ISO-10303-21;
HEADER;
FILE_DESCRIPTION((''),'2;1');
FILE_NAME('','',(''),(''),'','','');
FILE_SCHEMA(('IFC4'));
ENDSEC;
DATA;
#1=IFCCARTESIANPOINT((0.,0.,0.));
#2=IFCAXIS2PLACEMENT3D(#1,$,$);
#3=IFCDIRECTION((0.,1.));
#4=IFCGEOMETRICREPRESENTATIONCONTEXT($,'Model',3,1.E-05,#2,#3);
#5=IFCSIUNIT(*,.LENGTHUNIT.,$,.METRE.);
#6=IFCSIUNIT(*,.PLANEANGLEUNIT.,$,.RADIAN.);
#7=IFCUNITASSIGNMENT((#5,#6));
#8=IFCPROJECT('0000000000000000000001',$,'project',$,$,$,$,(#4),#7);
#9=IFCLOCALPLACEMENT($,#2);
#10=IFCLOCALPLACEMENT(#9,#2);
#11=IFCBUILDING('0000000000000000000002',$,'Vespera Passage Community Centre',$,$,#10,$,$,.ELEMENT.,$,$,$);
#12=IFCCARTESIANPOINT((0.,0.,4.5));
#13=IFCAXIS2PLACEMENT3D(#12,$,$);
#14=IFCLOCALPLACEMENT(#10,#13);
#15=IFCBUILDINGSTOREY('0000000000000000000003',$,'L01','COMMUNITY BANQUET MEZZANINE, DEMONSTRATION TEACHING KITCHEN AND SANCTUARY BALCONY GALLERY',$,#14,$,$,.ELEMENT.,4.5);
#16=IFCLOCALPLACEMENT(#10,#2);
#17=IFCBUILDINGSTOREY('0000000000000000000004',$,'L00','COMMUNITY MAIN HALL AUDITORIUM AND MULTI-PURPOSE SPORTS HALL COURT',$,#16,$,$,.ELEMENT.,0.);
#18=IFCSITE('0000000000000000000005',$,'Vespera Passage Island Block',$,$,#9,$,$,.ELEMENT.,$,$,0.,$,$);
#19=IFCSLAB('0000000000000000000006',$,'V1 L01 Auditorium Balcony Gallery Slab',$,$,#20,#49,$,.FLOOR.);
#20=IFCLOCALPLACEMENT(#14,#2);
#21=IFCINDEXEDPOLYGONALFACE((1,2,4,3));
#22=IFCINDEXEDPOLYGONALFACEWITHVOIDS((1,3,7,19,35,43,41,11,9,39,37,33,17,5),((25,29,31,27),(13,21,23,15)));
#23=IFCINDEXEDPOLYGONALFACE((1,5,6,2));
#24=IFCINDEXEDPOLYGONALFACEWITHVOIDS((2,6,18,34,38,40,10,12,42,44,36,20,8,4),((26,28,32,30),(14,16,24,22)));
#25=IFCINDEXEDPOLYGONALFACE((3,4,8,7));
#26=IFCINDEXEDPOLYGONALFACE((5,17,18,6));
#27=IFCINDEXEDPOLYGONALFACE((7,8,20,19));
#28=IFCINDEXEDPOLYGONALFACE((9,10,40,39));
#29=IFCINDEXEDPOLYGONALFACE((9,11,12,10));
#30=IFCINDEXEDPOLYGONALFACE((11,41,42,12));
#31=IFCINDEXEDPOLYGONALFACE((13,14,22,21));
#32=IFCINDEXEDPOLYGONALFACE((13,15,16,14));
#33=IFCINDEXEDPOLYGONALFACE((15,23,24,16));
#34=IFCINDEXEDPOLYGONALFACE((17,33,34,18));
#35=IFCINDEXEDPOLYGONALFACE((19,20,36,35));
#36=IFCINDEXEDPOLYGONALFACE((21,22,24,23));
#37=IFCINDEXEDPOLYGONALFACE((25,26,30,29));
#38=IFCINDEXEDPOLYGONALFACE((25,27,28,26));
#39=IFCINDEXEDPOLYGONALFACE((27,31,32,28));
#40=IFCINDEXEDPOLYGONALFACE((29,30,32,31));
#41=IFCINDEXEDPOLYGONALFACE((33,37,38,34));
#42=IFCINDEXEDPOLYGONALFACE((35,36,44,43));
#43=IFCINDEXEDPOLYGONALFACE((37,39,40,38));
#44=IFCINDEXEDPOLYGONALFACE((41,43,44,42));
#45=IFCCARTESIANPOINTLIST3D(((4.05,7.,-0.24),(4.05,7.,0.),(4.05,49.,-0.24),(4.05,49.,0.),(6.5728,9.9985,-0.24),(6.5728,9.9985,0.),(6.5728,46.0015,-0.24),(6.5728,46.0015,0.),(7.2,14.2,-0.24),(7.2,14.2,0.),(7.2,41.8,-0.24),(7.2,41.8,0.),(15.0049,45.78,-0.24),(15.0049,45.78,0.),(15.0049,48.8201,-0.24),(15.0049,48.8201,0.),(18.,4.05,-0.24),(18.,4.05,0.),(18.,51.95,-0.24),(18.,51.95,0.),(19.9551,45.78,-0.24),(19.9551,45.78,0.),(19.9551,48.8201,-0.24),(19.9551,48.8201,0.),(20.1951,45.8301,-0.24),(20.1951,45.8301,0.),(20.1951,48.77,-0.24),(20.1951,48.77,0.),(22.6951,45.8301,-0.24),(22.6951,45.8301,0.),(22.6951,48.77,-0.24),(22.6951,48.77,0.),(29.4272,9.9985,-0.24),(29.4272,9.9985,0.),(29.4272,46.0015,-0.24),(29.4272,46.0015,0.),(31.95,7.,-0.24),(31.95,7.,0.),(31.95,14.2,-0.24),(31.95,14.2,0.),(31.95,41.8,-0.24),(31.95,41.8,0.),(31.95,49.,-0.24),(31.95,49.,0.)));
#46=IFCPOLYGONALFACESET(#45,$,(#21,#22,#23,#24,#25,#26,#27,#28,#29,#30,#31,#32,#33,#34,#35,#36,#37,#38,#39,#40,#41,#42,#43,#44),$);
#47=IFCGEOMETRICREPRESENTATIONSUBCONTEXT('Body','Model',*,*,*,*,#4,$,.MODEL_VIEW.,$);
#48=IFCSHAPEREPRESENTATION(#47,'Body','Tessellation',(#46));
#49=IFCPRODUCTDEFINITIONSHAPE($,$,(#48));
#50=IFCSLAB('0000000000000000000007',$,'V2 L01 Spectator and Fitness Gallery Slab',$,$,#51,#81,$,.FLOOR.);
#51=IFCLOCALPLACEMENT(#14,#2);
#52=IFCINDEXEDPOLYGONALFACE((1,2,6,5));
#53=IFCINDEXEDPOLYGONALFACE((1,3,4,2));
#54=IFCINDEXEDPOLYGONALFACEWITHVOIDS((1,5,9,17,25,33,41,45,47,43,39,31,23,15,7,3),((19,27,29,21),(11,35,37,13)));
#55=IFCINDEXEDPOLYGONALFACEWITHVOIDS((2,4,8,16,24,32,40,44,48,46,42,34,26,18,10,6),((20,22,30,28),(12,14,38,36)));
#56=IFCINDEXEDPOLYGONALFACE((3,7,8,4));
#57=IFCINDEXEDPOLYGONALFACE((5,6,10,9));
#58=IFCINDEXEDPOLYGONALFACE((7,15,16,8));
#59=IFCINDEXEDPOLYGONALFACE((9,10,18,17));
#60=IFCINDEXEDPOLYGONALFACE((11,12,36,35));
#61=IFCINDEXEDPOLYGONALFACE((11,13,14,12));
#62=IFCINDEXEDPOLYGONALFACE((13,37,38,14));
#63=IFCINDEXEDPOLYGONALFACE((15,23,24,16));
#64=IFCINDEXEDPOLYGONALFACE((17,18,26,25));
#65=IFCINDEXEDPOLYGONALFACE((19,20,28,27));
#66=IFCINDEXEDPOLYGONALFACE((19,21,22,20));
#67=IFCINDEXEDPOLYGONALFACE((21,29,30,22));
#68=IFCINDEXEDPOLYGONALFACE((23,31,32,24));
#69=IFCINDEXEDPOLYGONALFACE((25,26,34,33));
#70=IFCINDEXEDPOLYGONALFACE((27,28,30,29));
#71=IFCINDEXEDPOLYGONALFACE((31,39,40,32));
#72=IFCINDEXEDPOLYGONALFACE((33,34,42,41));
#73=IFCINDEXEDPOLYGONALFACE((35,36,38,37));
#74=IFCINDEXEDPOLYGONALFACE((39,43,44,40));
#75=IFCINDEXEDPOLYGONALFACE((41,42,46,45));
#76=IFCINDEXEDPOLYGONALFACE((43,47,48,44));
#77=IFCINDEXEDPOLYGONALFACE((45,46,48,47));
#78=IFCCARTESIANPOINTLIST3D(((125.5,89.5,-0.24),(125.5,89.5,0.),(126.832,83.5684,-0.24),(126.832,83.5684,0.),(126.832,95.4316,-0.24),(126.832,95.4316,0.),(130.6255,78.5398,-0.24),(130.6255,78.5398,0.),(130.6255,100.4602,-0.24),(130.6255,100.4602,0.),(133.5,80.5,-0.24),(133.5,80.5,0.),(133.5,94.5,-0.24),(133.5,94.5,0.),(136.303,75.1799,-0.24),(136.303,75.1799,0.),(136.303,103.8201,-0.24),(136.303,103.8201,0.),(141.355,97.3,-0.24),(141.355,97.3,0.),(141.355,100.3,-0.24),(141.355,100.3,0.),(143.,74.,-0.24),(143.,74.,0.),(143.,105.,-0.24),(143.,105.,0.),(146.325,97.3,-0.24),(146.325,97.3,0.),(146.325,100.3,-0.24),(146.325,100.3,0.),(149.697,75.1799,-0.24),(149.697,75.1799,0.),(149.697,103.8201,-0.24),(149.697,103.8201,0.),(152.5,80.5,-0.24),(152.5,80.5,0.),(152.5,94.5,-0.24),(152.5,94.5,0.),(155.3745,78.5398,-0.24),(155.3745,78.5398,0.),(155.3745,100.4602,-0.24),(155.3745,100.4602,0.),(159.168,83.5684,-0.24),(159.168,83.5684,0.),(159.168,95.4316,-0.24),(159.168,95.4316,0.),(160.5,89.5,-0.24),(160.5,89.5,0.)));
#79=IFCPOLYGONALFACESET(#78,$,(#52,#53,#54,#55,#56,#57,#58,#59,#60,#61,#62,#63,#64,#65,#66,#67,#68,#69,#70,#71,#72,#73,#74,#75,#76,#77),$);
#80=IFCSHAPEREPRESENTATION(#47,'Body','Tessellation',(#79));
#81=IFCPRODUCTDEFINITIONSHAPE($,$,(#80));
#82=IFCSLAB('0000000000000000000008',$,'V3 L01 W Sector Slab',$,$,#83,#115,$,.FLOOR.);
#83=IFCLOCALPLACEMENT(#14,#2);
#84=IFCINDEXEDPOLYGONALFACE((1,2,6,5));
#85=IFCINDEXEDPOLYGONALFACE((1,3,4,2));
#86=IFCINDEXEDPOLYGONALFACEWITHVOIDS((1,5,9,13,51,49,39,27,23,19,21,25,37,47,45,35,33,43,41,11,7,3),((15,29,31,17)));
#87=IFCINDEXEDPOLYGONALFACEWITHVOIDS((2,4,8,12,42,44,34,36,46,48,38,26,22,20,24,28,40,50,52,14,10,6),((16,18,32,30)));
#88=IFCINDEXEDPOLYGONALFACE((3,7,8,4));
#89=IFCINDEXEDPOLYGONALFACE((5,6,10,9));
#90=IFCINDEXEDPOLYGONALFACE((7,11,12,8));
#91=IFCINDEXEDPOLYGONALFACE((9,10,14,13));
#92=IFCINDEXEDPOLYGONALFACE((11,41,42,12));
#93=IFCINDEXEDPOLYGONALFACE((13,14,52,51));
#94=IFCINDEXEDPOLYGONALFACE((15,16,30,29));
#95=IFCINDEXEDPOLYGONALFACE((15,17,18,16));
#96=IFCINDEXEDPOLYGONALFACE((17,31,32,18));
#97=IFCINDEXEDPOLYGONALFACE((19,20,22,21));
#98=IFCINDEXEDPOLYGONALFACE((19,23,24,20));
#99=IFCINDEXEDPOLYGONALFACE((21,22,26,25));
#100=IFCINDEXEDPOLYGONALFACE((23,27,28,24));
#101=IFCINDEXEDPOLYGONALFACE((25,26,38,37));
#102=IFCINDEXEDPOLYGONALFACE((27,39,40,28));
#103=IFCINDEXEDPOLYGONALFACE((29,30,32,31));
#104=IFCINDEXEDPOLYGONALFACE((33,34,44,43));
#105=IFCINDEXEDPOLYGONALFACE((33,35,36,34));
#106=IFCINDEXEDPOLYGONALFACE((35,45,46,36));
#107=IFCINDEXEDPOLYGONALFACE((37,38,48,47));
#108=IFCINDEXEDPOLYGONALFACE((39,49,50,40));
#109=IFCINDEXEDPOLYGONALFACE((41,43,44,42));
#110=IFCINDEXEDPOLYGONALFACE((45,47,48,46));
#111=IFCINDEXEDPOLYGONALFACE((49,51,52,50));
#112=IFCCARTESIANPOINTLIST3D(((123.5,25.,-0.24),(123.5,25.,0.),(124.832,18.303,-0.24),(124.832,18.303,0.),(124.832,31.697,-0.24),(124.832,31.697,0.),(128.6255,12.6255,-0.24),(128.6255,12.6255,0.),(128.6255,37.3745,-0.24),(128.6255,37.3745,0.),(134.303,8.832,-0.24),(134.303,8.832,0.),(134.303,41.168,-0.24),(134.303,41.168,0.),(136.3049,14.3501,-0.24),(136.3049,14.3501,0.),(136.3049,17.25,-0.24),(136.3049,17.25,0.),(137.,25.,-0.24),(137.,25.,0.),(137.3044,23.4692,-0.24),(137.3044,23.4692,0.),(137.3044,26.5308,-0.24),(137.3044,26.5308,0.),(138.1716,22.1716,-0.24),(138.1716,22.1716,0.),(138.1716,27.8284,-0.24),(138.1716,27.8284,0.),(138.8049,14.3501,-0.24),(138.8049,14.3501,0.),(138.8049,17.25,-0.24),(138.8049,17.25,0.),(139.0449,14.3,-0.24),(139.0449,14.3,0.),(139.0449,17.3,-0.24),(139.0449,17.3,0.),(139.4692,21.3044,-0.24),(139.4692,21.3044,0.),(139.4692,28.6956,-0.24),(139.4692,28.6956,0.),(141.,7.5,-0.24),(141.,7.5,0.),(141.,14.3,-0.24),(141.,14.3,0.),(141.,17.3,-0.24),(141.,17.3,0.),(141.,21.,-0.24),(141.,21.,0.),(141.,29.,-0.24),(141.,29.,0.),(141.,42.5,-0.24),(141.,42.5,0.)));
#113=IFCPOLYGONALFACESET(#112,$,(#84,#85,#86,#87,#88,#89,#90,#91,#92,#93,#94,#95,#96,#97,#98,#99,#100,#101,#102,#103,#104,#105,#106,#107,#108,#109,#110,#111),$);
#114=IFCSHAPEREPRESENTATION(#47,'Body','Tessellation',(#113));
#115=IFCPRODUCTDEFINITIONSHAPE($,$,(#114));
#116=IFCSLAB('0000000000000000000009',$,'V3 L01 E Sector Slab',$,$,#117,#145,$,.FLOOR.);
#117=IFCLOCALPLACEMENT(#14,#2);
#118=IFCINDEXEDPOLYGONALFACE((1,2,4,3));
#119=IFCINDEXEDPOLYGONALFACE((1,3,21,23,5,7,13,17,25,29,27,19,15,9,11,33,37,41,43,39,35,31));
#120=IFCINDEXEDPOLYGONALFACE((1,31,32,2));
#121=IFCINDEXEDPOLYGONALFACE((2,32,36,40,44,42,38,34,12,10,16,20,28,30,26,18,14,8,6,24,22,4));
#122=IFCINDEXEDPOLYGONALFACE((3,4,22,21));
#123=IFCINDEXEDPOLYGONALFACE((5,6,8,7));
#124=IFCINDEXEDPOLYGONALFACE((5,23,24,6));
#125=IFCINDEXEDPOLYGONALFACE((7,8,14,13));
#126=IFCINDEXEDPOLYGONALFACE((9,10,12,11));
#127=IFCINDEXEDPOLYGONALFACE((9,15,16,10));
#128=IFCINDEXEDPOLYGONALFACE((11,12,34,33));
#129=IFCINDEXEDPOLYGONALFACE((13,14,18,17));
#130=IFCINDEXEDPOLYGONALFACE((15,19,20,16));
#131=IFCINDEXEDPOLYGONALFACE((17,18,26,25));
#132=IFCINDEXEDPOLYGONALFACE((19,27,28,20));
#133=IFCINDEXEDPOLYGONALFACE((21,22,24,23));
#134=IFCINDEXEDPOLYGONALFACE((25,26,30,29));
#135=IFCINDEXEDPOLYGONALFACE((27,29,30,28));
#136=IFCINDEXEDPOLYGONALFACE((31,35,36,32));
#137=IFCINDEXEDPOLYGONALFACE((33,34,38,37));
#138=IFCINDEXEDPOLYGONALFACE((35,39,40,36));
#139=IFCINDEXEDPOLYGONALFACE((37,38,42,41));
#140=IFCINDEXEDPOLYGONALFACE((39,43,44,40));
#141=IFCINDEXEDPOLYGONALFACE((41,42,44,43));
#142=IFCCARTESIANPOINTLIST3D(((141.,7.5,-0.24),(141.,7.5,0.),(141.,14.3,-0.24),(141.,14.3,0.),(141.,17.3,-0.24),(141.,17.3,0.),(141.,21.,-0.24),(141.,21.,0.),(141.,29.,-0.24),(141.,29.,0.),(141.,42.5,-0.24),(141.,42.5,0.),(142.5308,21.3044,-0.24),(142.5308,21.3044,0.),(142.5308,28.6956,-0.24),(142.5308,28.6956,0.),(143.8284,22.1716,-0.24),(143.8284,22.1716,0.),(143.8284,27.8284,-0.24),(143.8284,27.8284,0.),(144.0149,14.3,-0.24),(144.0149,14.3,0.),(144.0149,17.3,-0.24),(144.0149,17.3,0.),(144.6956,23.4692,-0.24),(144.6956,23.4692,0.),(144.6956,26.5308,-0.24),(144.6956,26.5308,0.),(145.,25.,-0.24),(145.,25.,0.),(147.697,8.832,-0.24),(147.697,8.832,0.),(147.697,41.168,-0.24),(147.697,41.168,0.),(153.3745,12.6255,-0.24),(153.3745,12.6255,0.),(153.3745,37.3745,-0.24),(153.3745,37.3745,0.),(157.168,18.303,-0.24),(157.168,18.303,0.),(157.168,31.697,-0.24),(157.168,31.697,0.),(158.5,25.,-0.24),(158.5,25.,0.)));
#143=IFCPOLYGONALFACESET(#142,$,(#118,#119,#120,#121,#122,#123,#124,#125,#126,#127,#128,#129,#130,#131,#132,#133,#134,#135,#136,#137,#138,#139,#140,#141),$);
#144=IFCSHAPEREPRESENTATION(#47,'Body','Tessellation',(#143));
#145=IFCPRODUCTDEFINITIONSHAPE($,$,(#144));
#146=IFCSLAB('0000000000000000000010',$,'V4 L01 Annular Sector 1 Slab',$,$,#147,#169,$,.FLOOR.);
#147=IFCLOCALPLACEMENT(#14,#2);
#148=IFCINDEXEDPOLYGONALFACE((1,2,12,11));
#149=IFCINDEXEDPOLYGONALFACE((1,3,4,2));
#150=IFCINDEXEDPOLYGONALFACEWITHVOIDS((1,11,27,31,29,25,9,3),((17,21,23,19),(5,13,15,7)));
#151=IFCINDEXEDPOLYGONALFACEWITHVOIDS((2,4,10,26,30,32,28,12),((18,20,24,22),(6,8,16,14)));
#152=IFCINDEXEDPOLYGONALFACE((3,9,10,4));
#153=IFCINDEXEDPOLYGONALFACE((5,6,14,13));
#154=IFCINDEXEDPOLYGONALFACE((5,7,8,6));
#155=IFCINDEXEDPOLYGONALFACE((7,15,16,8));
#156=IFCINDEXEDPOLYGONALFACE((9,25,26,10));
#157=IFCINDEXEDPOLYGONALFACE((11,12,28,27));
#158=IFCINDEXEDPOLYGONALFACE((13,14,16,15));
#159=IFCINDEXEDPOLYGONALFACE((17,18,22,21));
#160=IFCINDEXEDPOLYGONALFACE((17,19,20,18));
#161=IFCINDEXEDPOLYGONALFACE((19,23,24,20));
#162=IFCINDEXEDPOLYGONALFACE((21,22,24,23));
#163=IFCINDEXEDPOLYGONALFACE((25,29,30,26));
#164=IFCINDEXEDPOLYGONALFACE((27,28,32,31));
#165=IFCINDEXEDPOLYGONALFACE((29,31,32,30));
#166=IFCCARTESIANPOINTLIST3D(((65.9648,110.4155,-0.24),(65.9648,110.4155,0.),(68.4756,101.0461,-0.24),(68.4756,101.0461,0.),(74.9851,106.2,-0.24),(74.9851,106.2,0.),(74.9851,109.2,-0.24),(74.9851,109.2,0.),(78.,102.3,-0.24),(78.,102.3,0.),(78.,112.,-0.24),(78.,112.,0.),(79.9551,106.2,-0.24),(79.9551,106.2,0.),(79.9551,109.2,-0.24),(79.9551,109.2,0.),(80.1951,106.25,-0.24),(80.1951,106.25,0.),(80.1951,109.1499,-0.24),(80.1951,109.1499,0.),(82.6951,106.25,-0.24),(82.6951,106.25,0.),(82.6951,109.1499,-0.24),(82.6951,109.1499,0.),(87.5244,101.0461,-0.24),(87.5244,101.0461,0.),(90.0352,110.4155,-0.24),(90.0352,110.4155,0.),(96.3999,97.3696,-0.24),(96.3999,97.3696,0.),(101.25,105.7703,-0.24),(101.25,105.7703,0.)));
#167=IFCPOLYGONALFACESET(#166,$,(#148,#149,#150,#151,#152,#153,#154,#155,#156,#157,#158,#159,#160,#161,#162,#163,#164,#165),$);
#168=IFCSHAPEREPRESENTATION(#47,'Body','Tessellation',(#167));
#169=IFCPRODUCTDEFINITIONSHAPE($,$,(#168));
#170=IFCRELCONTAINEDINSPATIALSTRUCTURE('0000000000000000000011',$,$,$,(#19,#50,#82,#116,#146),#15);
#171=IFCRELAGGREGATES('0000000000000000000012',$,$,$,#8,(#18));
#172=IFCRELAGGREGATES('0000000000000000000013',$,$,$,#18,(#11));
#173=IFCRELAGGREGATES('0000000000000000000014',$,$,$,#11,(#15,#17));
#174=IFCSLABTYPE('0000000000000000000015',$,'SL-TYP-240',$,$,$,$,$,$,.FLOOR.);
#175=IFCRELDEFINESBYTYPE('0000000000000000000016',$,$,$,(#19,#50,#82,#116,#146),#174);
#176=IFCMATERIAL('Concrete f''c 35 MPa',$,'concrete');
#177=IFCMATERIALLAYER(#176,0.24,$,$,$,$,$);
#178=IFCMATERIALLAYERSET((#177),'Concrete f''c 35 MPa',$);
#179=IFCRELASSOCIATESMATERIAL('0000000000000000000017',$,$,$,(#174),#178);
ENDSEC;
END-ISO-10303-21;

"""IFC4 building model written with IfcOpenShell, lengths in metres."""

from ifc_helpers import new_model, si_unit, direction, frame, origin, place, context, subcontext, project, spatial, polyline, outline, extrude, material, layer, layer_set, type_object, element, save


model = new_model("IFC4")

# Units and contexts
model_context = context("Model", 3, precision=1e-05, world=origin(), true_north=direction((0.0, 1.0)))
body_context = subcontext(model_context, "Body", "Model", "MODEL_VIEW")
ifc_project = project(units=[si_unit("LENGTHUNIT", "METRE"), si_unit("PLANEANGLEUNIT", "RADIAN")], contexts=[model_context])

# Site, building, storey
site_placement = place(None, origin())
site = spatial("IfcSite", under=ifc_project, at=site_placement, Name="Vespera Passage Island Block", CompositionType="ELEMENT", RefElevation=0.0)
building_placement = place(site_placement, origin())
building = spatial("IfcBuilding", under=site, at=building_placement, Name="Vespera Passage Community Centre", CompositionType="ELEMENT")
storey_1_placement = place(building_placement, frame((0.0, 0.0, 4.5)))
storey_1 = spatial("IfcBuildingStorey", under=building, at=storey_1_placement, Name="L01", Description="COMMUNITY BANQUET MEZZANINE, DEMONSTRATION TEACHING KITCHEN AND SANCTUARY BALCONY GALLERY", CompositionType="ELEMENT", Elevation=4.5)

# Shared definitions
storey_2_placement = place(building_placement, origin())
storey_2 = spatial("IfcBuildingStorey", under=building, at=storey_2_placement, Name="L00", Description="COMMUNITY MAIN HALL AUDITORIUM AND MULTI-PURPOSE SPORTS HALL COURT", CompositionType="ELEMENT", Elevation=0.0)

# Slabs
ifc_material_1 = material(Name="Concrete f'c 35 MPa", Category="concrete")
ifc_layer_1 = layer(ifc_material_1, 0.24)
ifc_layer_set_1 = layer_set([ifc_layer_1], Name="Concrete f'c 35 MPa")
slab_type_1 = type_object("IfcSlabType", Name="SL-TYP-240", PredefinedType="FLOOR", material=ifc_layer_set_1)
slab_1_placement = place(storey_1_placement, frame((0.0, 0.0, -0.24)))
element("IfcSlab", 1, at=slab_1_placement, inside=storey_1, type_object=slab_type_1, Name="V1 L01 Auditorium Balcony Gallery Slab", PredefinedType="FLOOR", context=body_context, shape_type="SweptSolid", body=[
    extrude(outline(polyline([(18.0, 51.95), (29.4272, 46.0015), (31.95, 49.0), (31.95, 41.8), (7.2, 41.8), (7.2, 14.2), (31.95, 14.2), (31.95, 7.0), (29.4272, 9.9985), (18.0, 4.05), (6.5728, 9.9985), (4.05, 7.0), (4.05, 49.0), (6.5728, 46.0015), (18.0, 51.95)]), holes=[polyline([(19.9551, 48.8201), (15.0049, 48.8201), (15.0049, 45.78), (19.9551, 45.78), (19.9551, 48.8201)]), polyline([(22.6951, 45.8301), (22.6951, 48.77), (20.1951, 48.77), (20.1951, 45.8301), (22.6951, 45.8301)])]), origin(), (0.0, 0.0, 1.0), 0.24),
])
slab_2_placement = place(storey_1_placement, frame((0.0, 0.0, -0.24)))
element("IfcSlab", 2, at=slab_2_placement, inside=storey_1, type_object=slab_type_1, Name="V2 L01 Spectator and Fitness Gallery Slab", PredefinedType="FLOOR", context=body_context, shape_type="SweptSolid", body=[
    extrude(outline(polyline([(155.3745, 78.5398), (149.697, 75.1799), (143.0, 74.0), (136.303, 75.1799), (130.6255, 78.5398), (126.832, 83.5684), (125.5, 89.5), (126.832, 95.4316), (130.6255, 100.4602), (136.303, 103.8201), (143.0, 105.0), (149.697, 103.8201), (155.3745, 100.4602), (159.168, 95.4316), (160.5, 89.5), (159.168, 83.5684), (155.3745, 78.5398)]), holes=[polyline([(146.325, 100.3), (141.355, 100.3), (141.355, 97.3), (146.325, 97.3), (146.325, 100.3)]), polyline([(152.5, 80.5), (152.5, 94.5), (133.5, 94.5), (133.5, 80.5), (152.5, 80.5)])]), origin(), (0.0, 0.0, 1.0), 0.24),
])
slab_3_placement = place(storey_1_placement, frame((0.0, 0.0, -0.24)))
element("IfcSlab", 3, at=slab_3_placement, inside=storey_1, type_object=slab_type_1, Name="V3 L01 W Sector Slab", PredefinedType="FLOOR", context=body_context, shape_type="SweptSolid", body=[
    extrude(outline(polyline([(124.832, 18.303), (123.5, 25.0), (124.832, 31.697), (128.6255, 37.3745), (134.303, 41.168), (141.0, 42.5), (141.0, 29.0), (139.4692, 28.6956), (138.1716, 27.8284), (137.3044, 26.5308), (137.0, 25.0), (137.3044, 23.4692), (138.1716, 22.1716), (139.4692, 21.3044), (141.0, 21.0), (141.0, 17.3), (139.0449, 17.3), (139.0449, 14.3), (141.0, 14.3), (141.0, 7.5), (134.303, 8.832), (128.6255, 12.6255), (124.832, 18.303)]), holes=[polyline([(136.3049, 17.25), (136.3049, 14.3501), (138.8049, 14.3501), (138.8049, 17.25), (136.3049, 17.25)])]), origin(), (0.0, 0.0, 1.0), 0.24),
])
slab_4_placement = place(storey_1_placement, frame((0.0, 0.0, -0.24)))
element("IfcSlab", 4, at=slab_4_placement, inside=storey_1, type_object=slab_type_1, Name="V3 L01 E Sector Slab", PredefinedType="FLOOR", context=body_context, shape_type="SweptSolid", body=[
    extrude(outline(polyline([(147.697, 8.832), (141.0, 7.5), (141.0, 14.3), (144.0149, 14.3), (144.0149, 17.3), (141.0, 17.3), (141.0, 21.0), (142.5308, 21.3044), (143.8284, 22.1716), (144.6956, 23.4692), (145.0, 25.0), (144.6956, 26.5308), (143.8284, 27.8284), (142.5308, 28.6956), (141.0, 29.0), (141.0, 42.5), (147.697, 41.168), (153.3745, 37.3745), (157.168, 31.697), (158.5, 25.0), (157.168, 18.303), (153.3745, 12.6255), (147.697, 8.832)])), origin(), (0.0, 0.0, 1.0), 0.24),
])
slab_5_placement = place(storey_1_placement, frame((0.0, 0.0, -0.24)))
element("IfcSlab", 5, at=slab_5_placement, inside=storey_1, type_object=slab_type_1, Name="V4 L01 Annular Sector 1 Slab", PredefinedType="FLOOR", context=body_context, shape_type="SweptSolid", body=[
    extrude(outline(polyline([(87.5244, 101.0461), (78.0, 102.3), (68.4756, 101.0461), (65.9648, 110.4155), (78.0, 112.0), (90.0352, 110.4155), (101.25, 105.7703), (96.3999, 97.3696), (87.5244, 101.0461)]), holes=[polyline([(79.9551, 109.2), (74.9851, 109.2), (74.9851, 106.2), (79.9551, 106.2), (79.9551, 109.2)]), polyline([(82.6951, 106.25), (82.6951, 109.1499), (80.1951, 109.1499), (80.1951, 106.25), (82.6951, 106.25)])]), origin(), (0.0, 0.0, 1.0), 0.24),
])

save(model, "model.ifc")
